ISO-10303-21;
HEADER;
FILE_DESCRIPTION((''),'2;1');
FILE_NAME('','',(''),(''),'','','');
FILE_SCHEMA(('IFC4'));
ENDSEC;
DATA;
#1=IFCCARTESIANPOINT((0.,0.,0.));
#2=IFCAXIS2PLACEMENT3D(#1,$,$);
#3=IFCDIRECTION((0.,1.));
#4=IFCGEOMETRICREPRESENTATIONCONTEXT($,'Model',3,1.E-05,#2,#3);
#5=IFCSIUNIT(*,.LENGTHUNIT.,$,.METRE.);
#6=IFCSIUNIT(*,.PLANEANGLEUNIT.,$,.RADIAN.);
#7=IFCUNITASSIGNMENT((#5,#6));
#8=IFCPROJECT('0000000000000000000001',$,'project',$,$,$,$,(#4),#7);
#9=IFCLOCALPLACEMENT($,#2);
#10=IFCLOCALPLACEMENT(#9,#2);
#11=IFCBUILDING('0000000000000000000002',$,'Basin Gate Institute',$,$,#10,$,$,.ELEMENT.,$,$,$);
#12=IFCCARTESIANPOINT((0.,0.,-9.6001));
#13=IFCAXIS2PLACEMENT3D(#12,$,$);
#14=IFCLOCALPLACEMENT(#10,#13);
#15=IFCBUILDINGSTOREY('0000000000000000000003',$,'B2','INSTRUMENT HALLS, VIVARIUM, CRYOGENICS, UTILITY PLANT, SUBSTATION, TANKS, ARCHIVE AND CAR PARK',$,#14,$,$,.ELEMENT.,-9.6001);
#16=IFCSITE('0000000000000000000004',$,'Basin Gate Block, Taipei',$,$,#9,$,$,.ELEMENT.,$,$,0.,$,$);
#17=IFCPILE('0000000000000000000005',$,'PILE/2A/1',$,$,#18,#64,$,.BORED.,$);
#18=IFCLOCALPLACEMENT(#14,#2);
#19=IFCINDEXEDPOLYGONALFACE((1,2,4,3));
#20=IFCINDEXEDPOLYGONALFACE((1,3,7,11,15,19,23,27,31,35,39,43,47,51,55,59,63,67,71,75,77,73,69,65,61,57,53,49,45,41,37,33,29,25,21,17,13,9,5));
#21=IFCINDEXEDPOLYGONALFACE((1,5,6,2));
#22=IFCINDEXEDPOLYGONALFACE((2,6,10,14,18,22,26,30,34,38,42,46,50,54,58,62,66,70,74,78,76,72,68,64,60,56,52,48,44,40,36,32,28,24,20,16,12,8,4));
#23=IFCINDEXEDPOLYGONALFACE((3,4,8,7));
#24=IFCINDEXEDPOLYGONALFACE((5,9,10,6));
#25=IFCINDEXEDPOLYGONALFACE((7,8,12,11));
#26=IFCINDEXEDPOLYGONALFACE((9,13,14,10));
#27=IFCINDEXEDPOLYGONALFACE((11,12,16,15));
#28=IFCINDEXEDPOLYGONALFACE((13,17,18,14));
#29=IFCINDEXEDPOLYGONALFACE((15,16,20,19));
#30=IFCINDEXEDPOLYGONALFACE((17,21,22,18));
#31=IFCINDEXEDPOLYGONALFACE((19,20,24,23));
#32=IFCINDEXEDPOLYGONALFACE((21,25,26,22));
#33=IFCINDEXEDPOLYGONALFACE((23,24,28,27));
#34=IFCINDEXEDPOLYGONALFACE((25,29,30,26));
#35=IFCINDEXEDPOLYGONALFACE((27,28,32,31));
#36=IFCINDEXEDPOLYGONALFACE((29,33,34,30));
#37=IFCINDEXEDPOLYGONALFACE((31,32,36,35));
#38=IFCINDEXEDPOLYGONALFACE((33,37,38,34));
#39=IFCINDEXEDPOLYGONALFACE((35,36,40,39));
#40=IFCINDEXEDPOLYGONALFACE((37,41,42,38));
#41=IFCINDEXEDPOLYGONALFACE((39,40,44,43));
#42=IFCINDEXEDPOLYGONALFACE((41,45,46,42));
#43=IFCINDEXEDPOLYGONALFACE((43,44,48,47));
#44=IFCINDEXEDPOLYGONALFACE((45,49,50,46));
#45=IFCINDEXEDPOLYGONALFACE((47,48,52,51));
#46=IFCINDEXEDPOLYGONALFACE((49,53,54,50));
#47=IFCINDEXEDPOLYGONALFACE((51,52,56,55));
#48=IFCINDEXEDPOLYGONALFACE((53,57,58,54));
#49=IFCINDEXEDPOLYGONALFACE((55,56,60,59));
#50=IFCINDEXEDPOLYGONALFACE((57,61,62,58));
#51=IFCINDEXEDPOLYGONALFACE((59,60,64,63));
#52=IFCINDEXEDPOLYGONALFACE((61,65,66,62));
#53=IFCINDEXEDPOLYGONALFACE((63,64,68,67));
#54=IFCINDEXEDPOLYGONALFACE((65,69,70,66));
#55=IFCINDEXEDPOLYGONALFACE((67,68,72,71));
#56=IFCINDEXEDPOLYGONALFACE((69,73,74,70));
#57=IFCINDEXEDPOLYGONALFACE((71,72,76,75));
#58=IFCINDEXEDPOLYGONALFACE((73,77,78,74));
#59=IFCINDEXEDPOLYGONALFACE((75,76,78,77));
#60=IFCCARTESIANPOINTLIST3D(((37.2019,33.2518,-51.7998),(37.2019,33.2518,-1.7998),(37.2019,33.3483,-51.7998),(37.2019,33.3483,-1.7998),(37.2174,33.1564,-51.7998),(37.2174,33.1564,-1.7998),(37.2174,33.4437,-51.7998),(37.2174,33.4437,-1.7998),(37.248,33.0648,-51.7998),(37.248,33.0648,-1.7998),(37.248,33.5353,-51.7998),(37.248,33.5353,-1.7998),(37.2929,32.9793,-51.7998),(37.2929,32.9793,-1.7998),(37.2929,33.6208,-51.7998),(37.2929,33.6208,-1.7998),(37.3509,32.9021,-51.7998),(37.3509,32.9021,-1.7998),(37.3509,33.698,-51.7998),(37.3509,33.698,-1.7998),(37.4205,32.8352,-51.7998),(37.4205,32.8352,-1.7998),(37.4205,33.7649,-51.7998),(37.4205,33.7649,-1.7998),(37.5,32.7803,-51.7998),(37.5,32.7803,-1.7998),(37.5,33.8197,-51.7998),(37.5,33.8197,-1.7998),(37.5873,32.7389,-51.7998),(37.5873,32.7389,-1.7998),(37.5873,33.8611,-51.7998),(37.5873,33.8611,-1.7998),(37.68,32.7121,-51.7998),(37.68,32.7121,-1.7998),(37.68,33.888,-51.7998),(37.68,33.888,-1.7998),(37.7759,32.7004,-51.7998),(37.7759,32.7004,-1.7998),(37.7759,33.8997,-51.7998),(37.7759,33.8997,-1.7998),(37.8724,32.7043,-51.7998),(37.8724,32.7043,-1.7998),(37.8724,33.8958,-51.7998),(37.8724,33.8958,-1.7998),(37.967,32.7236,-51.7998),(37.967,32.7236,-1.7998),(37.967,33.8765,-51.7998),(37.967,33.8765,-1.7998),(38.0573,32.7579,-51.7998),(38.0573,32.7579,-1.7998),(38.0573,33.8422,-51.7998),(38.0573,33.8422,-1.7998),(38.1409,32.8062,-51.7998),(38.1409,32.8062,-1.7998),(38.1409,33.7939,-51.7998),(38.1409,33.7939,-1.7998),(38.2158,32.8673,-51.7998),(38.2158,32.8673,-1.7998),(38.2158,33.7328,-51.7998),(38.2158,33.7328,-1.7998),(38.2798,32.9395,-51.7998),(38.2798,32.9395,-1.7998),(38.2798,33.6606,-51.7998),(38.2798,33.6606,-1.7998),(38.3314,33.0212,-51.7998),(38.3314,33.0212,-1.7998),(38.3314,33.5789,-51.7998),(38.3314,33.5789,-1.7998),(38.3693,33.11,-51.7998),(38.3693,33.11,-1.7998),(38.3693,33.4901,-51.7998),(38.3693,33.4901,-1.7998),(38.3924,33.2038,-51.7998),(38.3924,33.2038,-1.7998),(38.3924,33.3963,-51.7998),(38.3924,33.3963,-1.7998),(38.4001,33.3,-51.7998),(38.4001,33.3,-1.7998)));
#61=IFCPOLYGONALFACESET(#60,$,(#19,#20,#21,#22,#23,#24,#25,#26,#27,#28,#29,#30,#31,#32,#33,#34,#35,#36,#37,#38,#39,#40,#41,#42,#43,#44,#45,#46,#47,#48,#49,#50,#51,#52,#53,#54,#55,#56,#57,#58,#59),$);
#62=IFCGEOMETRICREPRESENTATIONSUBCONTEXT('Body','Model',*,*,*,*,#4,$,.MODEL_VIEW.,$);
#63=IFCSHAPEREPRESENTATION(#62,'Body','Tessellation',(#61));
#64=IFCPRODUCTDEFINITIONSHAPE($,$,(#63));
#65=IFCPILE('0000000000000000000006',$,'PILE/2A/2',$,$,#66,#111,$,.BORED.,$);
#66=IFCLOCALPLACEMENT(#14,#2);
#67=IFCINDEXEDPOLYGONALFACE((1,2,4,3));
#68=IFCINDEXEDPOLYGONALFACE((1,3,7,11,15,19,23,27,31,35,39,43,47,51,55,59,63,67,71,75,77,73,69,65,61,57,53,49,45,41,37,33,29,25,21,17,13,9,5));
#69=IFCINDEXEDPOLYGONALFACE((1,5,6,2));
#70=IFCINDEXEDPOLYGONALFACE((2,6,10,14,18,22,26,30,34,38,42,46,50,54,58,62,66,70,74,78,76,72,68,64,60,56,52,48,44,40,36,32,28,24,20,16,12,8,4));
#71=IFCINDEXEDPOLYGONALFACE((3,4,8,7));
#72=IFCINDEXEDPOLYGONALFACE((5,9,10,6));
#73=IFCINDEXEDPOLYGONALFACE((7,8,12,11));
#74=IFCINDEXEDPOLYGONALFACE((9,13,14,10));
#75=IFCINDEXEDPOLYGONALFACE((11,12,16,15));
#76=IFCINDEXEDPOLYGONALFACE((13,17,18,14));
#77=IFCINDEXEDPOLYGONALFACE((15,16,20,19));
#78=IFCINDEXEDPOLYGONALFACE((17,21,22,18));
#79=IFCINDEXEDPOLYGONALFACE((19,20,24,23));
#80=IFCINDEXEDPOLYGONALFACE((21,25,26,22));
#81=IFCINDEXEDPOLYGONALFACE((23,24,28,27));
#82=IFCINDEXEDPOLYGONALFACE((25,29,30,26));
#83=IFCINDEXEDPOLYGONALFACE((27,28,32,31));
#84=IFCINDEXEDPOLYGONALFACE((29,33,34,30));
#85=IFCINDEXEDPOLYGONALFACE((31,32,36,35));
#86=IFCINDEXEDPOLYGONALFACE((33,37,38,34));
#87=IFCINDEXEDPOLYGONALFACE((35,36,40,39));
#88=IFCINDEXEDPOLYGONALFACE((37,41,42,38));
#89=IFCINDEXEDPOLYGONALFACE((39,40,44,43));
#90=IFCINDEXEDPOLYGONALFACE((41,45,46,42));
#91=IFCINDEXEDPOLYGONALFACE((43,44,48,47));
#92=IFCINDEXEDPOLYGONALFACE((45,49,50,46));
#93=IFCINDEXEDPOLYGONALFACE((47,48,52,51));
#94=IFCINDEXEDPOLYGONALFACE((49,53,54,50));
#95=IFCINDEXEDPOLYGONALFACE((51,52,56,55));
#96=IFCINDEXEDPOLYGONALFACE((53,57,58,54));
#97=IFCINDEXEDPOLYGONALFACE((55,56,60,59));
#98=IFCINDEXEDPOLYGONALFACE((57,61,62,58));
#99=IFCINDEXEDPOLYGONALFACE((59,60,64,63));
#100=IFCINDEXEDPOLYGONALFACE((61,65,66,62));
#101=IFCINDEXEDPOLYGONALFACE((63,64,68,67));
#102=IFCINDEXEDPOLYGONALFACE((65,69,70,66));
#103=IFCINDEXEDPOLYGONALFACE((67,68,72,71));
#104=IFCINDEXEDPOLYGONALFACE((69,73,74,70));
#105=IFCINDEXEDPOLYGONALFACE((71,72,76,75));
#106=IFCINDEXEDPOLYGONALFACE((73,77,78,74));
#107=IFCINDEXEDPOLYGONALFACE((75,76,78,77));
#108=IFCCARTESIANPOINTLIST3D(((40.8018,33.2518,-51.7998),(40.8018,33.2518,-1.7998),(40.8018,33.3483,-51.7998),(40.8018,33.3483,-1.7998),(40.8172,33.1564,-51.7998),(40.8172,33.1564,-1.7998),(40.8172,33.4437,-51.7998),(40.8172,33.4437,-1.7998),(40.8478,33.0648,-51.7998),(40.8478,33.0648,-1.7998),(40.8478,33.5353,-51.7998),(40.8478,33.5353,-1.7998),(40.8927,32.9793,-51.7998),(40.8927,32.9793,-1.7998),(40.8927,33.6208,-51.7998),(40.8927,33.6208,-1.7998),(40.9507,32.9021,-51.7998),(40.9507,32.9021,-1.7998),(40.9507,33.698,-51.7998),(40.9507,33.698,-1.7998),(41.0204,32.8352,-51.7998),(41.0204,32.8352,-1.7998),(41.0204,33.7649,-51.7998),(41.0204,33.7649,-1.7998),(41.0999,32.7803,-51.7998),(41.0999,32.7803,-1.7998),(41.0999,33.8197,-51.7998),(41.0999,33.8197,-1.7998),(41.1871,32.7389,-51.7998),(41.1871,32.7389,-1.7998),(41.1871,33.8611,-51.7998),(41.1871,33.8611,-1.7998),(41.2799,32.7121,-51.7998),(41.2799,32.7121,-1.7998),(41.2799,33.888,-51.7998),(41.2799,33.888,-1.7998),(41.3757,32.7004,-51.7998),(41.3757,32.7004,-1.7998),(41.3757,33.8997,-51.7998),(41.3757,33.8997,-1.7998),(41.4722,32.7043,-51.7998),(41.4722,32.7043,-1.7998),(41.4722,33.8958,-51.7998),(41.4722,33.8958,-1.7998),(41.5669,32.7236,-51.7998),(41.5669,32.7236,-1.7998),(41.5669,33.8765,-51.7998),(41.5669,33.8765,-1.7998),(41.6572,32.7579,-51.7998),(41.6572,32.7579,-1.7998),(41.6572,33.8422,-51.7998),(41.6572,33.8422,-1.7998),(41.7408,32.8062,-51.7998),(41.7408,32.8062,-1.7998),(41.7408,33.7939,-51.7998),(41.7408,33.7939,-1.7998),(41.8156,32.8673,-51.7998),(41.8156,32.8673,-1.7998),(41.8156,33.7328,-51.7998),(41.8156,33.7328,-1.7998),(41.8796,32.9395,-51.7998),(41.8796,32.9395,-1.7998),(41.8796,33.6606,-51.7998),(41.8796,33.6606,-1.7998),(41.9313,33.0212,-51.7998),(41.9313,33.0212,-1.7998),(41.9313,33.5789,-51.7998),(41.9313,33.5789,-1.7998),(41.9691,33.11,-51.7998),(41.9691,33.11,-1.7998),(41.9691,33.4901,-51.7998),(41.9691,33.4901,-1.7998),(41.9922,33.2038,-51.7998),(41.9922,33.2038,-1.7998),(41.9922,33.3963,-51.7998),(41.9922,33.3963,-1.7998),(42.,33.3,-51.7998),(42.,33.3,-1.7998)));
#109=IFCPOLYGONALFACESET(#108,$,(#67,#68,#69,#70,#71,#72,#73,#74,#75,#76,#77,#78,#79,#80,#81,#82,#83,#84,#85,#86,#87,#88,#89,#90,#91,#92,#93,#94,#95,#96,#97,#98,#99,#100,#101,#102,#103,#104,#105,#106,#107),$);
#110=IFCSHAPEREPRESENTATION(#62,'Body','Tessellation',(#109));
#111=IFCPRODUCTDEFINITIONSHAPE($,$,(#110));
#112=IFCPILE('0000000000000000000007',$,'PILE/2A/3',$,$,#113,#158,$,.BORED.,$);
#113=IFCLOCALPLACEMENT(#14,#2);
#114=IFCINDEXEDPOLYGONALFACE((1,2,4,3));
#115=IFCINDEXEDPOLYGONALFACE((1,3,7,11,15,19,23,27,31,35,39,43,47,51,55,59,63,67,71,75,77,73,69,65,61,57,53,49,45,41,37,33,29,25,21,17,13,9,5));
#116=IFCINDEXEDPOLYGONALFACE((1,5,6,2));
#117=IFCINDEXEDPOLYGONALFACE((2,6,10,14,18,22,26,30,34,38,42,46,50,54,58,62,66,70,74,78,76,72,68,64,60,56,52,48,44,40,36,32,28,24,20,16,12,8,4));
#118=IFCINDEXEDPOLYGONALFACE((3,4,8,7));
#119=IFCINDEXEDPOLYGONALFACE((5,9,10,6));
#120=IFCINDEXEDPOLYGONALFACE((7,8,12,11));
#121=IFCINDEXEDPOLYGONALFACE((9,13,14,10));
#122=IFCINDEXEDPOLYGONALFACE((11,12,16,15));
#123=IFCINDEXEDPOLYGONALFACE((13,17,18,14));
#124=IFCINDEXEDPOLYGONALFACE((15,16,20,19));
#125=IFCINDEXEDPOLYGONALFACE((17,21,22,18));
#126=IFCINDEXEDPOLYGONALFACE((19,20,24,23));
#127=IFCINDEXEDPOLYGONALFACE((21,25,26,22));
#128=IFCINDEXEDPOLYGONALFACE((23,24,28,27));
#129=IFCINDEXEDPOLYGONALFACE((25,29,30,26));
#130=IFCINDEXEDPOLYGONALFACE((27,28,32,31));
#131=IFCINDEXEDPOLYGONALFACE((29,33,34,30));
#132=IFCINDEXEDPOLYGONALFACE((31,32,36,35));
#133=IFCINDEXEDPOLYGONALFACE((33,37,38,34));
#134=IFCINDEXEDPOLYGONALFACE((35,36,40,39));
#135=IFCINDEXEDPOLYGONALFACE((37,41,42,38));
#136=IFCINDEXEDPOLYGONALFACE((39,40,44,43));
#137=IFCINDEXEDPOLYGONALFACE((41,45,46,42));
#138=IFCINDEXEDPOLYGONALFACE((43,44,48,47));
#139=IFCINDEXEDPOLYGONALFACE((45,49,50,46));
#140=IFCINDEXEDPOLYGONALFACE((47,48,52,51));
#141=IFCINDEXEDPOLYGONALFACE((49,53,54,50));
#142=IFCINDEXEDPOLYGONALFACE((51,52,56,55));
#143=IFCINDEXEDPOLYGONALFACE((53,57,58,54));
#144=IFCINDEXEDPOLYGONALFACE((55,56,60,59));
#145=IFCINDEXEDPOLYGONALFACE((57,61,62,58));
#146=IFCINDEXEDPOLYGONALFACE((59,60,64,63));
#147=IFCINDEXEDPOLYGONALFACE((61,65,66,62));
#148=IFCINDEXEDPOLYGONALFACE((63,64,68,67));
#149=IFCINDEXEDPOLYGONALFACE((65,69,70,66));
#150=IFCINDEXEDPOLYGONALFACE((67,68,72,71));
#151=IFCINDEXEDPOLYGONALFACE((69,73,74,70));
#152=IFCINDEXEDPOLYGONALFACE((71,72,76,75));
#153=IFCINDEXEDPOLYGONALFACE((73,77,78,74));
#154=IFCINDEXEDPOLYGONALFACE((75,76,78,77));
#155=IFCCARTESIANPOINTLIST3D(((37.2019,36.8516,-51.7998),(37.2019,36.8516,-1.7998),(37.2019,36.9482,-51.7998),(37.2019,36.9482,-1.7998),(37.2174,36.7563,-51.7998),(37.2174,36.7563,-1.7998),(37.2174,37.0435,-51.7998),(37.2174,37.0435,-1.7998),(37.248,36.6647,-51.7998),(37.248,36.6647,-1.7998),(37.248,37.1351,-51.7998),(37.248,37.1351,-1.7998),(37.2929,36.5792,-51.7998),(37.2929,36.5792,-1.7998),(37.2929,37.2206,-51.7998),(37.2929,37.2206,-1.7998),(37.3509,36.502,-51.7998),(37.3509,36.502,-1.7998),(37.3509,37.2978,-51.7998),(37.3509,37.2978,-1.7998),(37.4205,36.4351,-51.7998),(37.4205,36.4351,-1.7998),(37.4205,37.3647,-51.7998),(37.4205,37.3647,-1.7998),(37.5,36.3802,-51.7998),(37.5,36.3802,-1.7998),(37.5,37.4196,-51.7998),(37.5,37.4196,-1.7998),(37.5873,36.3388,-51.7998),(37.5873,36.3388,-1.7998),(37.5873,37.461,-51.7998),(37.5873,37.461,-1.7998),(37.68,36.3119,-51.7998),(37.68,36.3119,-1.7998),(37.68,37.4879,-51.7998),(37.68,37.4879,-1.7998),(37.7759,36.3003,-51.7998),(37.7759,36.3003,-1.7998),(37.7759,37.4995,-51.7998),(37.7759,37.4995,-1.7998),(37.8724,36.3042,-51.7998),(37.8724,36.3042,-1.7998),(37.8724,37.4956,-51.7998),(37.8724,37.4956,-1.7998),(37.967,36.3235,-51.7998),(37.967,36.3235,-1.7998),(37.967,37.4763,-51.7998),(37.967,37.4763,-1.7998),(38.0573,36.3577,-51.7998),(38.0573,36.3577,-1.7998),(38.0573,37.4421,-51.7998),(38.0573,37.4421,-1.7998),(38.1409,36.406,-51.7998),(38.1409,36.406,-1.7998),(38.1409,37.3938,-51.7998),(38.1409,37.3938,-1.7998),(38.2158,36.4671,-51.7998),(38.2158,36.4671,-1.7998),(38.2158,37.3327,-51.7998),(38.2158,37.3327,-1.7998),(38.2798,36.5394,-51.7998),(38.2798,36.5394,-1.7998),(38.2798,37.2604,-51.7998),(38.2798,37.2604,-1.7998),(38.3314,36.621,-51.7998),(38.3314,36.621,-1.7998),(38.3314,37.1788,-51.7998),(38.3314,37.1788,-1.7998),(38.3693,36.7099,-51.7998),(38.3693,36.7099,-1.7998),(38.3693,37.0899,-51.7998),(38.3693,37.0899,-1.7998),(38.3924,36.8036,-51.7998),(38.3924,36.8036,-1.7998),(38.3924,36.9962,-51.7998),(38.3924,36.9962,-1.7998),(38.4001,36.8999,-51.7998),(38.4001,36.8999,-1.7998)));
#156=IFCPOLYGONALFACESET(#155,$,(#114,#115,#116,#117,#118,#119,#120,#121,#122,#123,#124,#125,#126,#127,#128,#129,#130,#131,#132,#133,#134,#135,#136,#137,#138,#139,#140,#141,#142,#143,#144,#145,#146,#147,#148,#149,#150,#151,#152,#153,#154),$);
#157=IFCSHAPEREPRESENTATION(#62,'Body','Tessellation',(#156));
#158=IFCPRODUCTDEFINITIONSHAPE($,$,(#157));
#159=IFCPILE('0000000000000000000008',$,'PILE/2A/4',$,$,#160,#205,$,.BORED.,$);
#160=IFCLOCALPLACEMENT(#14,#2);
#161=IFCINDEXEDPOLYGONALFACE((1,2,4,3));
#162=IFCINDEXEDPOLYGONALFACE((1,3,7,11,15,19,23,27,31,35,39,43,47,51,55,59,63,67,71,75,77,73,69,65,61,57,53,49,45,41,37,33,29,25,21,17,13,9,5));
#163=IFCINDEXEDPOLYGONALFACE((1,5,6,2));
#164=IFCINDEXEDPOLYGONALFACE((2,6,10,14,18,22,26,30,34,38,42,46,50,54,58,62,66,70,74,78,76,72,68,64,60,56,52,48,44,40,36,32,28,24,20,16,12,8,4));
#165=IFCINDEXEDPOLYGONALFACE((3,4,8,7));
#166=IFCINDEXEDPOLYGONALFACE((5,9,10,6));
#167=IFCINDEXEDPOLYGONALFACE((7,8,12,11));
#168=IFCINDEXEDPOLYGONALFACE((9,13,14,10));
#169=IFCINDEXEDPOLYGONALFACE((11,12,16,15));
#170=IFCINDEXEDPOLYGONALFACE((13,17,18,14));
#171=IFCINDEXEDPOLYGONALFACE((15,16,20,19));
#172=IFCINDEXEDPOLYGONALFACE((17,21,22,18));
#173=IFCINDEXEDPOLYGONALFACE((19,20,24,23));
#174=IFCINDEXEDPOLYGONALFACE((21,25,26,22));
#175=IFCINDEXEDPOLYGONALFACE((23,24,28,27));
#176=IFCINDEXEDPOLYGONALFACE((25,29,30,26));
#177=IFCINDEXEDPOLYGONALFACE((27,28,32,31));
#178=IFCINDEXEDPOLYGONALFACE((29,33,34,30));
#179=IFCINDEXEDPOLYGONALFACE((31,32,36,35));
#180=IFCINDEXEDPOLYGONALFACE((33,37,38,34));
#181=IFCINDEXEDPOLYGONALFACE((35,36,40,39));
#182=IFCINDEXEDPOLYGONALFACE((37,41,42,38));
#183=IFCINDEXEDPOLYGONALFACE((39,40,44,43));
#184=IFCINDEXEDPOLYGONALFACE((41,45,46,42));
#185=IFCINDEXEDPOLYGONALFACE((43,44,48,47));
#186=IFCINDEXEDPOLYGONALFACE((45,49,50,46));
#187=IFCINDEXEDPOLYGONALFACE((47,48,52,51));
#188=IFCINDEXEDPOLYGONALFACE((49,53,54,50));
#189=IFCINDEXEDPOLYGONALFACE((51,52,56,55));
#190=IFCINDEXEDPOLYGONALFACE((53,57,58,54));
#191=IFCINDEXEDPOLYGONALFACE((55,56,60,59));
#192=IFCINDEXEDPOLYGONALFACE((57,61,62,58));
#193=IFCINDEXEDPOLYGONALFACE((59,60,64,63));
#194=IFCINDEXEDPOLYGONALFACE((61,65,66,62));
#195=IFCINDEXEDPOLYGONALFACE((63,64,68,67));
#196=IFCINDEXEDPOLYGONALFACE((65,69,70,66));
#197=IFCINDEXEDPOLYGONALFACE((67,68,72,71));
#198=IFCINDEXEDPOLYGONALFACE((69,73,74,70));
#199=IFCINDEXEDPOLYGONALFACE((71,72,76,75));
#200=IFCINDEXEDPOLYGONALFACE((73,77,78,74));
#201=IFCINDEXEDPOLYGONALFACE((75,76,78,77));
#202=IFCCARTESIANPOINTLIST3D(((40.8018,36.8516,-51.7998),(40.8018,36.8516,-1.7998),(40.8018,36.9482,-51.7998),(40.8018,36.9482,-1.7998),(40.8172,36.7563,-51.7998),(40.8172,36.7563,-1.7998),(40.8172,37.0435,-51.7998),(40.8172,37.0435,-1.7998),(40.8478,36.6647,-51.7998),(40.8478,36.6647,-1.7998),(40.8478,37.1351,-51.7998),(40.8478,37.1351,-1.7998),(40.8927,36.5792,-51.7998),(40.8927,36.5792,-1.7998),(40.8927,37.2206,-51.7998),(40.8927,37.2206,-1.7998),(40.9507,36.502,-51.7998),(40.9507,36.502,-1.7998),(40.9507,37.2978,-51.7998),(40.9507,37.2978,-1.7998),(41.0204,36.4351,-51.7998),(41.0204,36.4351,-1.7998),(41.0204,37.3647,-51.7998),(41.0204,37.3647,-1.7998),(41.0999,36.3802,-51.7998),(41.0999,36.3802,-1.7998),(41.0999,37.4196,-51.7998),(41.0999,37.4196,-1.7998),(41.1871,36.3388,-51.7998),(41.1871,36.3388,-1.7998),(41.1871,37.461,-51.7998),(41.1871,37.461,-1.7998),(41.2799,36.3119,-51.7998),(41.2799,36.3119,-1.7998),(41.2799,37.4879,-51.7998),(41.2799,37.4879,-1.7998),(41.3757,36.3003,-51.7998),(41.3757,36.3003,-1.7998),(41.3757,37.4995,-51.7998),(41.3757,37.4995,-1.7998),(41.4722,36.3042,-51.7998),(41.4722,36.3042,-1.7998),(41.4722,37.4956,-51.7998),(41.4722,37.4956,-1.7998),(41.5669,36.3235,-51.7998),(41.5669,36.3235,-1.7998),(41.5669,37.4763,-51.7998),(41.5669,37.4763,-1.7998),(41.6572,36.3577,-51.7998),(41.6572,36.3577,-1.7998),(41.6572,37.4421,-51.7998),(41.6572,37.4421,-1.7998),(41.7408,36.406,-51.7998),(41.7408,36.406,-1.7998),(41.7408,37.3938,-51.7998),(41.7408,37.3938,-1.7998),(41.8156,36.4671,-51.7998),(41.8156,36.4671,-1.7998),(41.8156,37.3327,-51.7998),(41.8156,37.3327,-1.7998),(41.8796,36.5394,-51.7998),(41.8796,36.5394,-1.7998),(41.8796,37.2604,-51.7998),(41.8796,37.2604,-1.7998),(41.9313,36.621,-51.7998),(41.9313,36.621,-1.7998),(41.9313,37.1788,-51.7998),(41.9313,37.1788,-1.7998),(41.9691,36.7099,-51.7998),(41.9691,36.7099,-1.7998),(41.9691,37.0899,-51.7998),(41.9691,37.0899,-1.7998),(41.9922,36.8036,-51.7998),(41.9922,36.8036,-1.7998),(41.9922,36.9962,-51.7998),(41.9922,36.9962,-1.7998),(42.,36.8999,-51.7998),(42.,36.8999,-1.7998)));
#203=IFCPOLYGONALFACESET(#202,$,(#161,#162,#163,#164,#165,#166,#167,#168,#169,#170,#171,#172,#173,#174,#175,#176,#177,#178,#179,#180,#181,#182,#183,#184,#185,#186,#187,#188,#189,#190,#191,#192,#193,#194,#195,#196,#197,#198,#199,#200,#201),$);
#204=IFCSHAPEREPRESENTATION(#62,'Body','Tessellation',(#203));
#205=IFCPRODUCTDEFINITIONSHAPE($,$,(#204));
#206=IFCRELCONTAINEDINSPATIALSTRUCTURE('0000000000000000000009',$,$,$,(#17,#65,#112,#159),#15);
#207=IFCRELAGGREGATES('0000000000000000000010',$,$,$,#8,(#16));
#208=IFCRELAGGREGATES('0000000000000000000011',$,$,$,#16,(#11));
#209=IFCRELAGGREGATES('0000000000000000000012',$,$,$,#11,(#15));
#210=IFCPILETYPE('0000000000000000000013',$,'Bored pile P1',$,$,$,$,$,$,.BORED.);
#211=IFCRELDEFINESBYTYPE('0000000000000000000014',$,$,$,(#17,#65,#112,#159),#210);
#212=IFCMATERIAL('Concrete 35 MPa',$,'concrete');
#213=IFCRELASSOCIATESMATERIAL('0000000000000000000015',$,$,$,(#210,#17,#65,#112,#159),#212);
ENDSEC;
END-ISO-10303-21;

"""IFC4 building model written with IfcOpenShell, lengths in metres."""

from ifc_helpers import new_model, si_unit, direction, frame, origin, origin_2d, place, context, subcontext, project, spatial, circle, extrude, material, material_profile, profile_set, type_object, element, save


model = new_model("IFC4")

# Units and contexts
model_context = context("Model", 3, precision=1e-05, world=origin(), true_north=direction((0.0, 1.0)))
body_context = subcontext(model_context, "Body", "Model", "MODEL_VIEW")
ifc_project = project(units=[si_unit("LENGTHUNIT", "METRE"), si_unit("PLANEANGLEUNIT", "RADIAN")], contexts=[model_context])

# Site, building, storey
site_placement = place(None, origin())
site = spatial("IfcSite", under=ifc_project, at=site_placement, Name="Basin Gate Block, Taipei", CompositionType="ELEMENT", RefElevation=0.0)
building_placement = place(site_placement, origin())
building = spatial("IfcBuilding", under=site, at=building_placement, Name="Basin Gate Institute", CompositionType="ELEMENT")
storey_placement = place(building_placement, frame((0.0, 0.0, -9.6001)))
storey = spatial("IfcBuildingStorey", under=building, at=storey_placement, Name="B2", Description="INSTRUMENT HALLS, VIVARIUM, CRYOGENICS, UTILITY PLANT, SUBSTATION, TANKS, ARCHIVE AND CAR PARK", CompositionType="ELEMENT", Elevation=-9.6001)

# Piles
ifc_material_1 = material(Name="Concrete 35 MPa", Category="concrete")
ifc_material_profile = material_profile(ifc_material_1, circle(Radius=0.6001, at=origin_2d()), Name="Bored pile P1 1200 dia")
ifc_profile_set = profile_set([ifc_material_profile], Name="Concrete 35 MPa")
pile_type = type_object("IfcPileType", Name="Bored pile P1", PredefinedType="BORED", material=ifc_profile_set)
for number, where, z_axis, x_axis, name in (
    (1, (37.8, 33.3, -1.7998), (0.0, 0.0, -1.0), (1.0, 0.0, 0.0), "PILE/2A/1"),
    (2, (41.3999, 33.3, -1.7998), (0.0, 0.0, -1.0), (1.0, 0.0, 0.0), "PILE/2A/2"),
    (3, (37.8, 36.8999, -1.7998), (0.0, 0.0, -1.0), (1.0, 0.0, 0.0), "PILE/2A/3"),
    (4, (41.3999, 36.8999, -1.7998), (0.0, 0.0, -1.0), (1.0, 0.0, 0.0), "PILE/2A/4"),
):
    element("IfcPile", number, at=place(storey_placement, frame(where, z_axis=z_axis, x_axis=x_axis)), inside=storey, type_object=pile_type, material=ifc_profile_set, Name=name, PredefinedType="BORED", context=body_context, shape_type="SweptSolid", body=[
        extrude(circle(Radius=0.6001, at=origin_2d()), origin(), (0.0, 0.0, 1.0), 50.0),
    ])

save(model, "model.ifc")
